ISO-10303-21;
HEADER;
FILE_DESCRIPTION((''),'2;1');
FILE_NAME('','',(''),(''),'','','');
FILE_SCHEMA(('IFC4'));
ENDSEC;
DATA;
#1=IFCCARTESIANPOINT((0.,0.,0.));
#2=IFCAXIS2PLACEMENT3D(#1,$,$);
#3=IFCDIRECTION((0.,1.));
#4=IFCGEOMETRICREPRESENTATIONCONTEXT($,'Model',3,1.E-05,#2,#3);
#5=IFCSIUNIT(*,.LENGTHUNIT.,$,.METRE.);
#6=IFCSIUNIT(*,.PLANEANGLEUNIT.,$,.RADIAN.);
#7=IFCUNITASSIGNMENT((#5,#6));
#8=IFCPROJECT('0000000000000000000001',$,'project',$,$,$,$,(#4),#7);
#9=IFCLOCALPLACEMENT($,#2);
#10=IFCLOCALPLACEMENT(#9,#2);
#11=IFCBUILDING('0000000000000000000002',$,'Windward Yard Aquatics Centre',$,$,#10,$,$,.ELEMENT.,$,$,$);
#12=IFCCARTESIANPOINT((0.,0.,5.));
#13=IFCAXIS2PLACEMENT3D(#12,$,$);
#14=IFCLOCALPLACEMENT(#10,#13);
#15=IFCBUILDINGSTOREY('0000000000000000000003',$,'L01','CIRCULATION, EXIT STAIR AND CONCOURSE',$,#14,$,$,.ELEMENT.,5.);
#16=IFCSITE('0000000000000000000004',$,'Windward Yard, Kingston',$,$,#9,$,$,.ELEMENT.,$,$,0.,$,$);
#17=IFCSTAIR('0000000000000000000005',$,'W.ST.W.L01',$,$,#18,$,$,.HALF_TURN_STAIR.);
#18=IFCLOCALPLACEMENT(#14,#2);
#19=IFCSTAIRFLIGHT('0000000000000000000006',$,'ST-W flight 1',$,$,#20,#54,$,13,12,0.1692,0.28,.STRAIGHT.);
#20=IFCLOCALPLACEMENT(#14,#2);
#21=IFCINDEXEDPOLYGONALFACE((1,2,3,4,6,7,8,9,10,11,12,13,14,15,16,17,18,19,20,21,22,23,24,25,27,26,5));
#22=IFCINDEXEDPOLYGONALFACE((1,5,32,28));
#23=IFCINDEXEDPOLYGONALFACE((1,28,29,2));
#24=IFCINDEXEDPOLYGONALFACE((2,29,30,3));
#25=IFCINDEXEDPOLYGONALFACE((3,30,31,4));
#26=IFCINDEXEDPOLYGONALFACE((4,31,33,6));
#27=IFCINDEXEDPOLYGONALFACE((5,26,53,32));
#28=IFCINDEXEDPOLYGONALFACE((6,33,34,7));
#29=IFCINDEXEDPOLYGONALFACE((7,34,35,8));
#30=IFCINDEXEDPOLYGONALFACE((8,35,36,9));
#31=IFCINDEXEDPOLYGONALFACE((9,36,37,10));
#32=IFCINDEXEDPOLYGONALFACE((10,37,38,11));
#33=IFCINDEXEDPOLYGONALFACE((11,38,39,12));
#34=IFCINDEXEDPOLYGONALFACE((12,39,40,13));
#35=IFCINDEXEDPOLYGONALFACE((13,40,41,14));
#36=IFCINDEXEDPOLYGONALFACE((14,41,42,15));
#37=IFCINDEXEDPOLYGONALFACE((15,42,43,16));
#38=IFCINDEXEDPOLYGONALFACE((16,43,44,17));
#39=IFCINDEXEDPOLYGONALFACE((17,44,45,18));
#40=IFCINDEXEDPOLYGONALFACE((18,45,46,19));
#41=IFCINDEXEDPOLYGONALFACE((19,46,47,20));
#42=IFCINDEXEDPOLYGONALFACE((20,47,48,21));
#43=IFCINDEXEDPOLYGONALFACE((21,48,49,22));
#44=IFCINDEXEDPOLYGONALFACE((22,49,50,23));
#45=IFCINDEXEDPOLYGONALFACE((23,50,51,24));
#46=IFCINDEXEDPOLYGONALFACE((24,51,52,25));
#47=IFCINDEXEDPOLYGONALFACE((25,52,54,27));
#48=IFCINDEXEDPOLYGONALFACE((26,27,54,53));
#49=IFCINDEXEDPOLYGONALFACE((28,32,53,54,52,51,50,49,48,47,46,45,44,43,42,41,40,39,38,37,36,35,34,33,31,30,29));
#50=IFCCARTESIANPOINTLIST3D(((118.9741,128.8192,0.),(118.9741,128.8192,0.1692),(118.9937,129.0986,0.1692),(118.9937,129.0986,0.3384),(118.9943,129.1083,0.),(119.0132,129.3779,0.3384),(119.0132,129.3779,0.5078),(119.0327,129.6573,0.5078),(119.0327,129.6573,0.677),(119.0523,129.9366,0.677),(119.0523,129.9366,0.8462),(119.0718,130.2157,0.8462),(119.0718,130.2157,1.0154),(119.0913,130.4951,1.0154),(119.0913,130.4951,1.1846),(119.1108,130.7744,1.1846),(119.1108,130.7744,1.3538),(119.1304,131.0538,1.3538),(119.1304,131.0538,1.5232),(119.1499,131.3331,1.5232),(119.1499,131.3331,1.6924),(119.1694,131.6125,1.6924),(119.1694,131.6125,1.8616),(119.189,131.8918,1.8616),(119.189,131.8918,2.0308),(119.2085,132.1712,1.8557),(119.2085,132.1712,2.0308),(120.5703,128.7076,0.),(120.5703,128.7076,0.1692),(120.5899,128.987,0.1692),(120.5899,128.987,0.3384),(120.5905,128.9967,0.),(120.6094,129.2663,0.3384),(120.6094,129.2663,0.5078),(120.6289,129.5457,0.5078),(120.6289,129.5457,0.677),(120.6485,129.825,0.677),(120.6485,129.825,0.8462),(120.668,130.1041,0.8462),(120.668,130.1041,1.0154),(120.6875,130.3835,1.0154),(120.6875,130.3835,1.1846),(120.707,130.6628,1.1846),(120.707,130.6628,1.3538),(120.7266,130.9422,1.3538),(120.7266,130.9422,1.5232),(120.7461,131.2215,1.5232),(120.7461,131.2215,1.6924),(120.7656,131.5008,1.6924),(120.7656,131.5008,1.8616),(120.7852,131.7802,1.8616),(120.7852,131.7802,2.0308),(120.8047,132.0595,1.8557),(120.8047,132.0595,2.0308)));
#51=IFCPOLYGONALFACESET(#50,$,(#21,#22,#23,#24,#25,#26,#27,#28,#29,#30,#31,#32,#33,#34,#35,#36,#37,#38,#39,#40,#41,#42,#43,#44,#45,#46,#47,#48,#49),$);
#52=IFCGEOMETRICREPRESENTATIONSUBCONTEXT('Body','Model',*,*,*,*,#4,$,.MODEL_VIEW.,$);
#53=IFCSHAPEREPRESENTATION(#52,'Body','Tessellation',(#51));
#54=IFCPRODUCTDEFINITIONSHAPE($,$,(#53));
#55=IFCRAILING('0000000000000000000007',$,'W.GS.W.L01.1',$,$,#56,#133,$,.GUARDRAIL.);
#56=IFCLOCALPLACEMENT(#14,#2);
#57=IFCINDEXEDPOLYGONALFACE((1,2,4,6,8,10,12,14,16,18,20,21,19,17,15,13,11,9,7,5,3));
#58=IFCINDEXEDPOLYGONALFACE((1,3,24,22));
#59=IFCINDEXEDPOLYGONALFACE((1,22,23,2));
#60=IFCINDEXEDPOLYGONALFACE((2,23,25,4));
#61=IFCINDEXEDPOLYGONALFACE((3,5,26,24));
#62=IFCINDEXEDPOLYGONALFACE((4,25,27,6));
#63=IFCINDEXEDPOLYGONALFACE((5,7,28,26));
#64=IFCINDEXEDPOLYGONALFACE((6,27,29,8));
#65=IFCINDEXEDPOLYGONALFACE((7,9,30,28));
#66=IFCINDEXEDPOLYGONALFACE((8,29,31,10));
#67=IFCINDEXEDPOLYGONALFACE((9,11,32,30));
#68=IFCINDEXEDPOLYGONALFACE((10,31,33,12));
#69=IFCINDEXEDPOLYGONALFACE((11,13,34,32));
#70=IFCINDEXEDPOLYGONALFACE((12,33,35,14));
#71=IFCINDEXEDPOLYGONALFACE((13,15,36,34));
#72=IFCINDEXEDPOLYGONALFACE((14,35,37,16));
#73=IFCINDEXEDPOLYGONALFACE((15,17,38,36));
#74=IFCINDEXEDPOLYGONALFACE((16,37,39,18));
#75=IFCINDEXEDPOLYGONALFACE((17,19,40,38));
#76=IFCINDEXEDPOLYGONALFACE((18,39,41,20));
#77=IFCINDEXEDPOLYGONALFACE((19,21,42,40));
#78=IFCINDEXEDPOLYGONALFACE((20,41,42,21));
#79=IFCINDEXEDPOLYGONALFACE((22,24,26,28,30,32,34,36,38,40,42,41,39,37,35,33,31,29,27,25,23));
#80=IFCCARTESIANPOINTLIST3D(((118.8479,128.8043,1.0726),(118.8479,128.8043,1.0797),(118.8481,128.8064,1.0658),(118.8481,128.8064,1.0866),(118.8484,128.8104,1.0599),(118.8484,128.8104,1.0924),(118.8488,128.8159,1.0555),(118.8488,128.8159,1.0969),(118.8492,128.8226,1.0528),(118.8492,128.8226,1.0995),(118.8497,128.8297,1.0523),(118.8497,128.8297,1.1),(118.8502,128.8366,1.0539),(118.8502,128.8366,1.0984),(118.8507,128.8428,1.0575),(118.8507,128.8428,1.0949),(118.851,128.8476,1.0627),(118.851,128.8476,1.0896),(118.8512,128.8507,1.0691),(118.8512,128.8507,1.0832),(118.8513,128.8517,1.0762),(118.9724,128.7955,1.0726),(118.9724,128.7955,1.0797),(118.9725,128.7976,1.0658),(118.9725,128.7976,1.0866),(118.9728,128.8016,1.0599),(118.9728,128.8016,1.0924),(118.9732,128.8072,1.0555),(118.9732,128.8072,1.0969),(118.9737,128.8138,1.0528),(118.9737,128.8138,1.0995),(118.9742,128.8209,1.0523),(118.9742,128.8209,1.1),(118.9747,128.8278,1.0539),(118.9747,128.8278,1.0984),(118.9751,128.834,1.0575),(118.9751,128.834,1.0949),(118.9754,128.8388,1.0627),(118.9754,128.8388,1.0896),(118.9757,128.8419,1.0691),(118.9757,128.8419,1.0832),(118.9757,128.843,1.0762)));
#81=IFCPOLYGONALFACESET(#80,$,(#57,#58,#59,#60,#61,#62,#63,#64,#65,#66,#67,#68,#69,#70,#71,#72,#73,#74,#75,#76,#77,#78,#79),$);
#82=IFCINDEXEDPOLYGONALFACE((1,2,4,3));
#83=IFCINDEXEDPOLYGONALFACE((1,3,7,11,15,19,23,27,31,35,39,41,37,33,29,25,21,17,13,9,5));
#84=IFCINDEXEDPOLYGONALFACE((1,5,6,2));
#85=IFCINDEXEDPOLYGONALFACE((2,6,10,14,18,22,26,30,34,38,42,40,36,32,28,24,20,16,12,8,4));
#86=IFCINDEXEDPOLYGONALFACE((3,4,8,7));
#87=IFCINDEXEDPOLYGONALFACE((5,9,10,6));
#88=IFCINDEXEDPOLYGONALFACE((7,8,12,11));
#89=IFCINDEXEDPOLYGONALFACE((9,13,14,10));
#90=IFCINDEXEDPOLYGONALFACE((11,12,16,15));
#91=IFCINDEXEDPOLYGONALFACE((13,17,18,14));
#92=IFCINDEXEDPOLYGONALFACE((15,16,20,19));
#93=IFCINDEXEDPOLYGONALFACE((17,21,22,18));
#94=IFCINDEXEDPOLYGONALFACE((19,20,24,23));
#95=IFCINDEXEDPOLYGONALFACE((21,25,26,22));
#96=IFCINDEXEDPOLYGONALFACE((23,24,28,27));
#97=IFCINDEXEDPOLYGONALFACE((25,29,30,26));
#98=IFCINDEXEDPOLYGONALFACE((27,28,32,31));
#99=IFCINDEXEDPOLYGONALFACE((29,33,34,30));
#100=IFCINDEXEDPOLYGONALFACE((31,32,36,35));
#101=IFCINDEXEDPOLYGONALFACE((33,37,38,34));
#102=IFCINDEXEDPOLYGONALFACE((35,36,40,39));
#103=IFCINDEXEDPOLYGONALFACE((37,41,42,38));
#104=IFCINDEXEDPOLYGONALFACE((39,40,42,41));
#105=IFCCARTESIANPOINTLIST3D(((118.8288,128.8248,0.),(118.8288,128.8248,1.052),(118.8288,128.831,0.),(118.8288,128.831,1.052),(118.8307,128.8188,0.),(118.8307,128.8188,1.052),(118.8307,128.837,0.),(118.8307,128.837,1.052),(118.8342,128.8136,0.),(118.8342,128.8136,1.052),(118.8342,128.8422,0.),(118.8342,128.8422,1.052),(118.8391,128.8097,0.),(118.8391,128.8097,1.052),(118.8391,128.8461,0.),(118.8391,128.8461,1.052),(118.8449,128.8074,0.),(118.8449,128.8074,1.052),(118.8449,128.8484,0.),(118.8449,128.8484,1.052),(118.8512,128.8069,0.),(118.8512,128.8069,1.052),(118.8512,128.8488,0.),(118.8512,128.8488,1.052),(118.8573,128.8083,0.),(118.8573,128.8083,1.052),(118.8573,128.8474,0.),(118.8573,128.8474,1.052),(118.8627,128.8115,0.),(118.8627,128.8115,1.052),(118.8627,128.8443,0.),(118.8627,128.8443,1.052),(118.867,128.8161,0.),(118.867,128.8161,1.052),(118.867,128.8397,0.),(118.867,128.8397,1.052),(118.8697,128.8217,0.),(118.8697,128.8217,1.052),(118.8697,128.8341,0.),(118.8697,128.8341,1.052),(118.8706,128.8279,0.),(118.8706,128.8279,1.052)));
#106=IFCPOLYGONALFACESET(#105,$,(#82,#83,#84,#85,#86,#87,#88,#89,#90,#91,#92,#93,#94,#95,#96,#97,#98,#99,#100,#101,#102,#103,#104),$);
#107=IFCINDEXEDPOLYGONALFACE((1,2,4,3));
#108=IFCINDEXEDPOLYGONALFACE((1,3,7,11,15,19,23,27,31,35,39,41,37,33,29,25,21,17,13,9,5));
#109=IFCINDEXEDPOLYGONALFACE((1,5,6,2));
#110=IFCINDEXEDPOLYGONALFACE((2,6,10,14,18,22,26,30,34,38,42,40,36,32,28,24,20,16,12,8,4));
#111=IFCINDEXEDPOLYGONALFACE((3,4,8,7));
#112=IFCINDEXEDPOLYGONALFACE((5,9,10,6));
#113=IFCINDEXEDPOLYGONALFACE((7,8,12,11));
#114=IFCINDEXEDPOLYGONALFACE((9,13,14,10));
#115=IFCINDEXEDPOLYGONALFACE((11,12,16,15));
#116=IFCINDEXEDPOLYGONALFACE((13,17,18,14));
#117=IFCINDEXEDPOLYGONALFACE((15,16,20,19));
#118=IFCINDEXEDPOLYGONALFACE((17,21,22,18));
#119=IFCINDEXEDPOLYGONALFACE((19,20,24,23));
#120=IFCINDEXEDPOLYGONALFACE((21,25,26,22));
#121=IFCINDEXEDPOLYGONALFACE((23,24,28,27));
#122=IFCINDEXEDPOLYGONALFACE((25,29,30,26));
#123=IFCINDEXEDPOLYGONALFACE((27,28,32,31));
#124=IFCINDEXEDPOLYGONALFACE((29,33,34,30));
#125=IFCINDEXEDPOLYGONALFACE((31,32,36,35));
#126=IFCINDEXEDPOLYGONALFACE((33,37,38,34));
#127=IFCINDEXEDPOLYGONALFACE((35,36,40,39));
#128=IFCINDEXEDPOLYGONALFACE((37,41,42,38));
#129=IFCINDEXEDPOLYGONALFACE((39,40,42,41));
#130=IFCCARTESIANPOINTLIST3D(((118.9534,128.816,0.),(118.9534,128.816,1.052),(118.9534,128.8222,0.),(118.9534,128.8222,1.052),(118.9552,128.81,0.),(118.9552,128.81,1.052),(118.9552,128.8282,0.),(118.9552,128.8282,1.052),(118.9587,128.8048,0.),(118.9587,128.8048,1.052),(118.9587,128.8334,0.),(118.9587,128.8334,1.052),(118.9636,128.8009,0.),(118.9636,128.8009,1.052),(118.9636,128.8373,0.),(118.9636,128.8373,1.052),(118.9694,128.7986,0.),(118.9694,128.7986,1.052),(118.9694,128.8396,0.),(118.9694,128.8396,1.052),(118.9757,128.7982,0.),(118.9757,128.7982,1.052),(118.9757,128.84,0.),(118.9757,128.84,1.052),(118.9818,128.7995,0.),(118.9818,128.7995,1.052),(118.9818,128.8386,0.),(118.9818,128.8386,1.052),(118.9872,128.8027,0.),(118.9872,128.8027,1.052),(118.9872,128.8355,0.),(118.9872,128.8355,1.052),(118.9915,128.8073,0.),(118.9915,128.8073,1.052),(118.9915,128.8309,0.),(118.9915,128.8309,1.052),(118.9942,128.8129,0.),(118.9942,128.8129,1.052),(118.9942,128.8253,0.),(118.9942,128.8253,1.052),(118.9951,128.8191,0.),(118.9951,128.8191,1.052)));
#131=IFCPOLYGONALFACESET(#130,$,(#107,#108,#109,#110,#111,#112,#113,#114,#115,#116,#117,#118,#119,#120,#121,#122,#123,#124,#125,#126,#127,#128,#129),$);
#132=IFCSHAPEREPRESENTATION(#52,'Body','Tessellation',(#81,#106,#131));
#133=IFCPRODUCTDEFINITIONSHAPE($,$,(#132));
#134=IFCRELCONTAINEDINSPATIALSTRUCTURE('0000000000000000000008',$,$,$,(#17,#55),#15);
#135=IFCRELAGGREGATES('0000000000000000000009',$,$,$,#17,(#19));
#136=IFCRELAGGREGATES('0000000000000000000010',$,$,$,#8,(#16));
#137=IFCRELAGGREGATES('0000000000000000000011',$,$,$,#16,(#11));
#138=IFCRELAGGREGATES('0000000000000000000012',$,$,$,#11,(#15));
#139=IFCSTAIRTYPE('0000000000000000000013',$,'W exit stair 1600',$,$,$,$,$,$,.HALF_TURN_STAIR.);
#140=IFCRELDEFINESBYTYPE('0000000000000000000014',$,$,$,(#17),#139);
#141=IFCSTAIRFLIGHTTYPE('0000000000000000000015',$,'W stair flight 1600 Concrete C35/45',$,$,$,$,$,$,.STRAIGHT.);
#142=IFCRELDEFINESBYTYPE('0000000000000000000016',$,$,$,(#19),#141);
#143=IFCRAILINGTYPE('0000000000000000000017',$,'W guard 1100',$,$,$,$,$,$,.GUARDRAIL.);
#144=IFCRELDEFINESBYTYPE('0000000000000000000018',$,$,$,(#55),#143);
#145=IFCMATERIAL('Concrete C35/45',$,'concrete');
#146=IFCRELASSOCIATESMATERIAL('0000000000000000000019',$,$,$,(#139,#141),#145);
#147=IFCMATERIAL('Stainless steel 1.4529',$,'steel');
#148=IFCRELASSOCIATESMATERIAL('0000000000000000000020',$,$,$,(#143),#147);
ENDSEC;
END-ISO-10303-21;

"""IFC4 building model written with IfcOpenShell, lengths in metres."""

from ifc_helpers import new_model, si_unit, direction, frame, origin, origin_2d, place, context, subcontext, project, spatial, polyline, circle, outline, extrude, material, type_object, element, aggregate, save


model = new_model("IFC4")

# Units and contexts
model_context = context("Model", 3, precision=1e-05, world=origin(), true_north=direction((0.0, 1.0)))
body_context = subcontext(model_context, "Body", "Model", "MODEL_VIEW")
ifc_project = project(units=[si_unit("LENGTHUNIT", "METRE"), si_unit("PLANEANGLEUNIT", "RADIAN")], contexts=[model_context])

# Site, building, storey
site_placement = place(None, origin())
site = spatial("IfcSite", under=ifc_project, at=site_placement, Name="Windward Yard, Kingston", CompositionType="ELEMENT", RefElevation=0.0)
building_placement = place(site_placement, origin())
building = spatial("IfcBuilding", under=site, at=building_placement, Name="Windward Yard Aquatics Centre", CompositionType="ELEMENT")
storey_placement = place(building_placement, frame((0.0, 0.0, 5.0)))
storey = spatial("IfcBuildingStorey", under=building, at=storey_placement, Name="L01", Description="CIRCULATION, EXIT STAIR AND CONCOURSE", CompositionType="ELEMENT", Elevation=5.0)

# Stair, stair flight
ifc_material_1 = material(Name="Concrete C35/45", Category="concrete")
stair_type = type_object("IfcStairType", Name="W exit stair 1600", PredefinedType="HALF_TURN_STAIR", material=ifc_material_1)
stair_placement = place(storey_placement, origin())
stair = element("IfcStair", 1, at=stair_placement, inside=storey, type_object=stair_type, Name="W.ST.W.L01", PredefinedType="HALF_TURN_STAIR")
stair_flight_type = type_object("IfcStairFlightType", Name="W stair flight 1600 Concrete C35/45", PredefinedType="STRAIGHT", material=ifc_material_1)
stair_flight_placement = place(storey_placement, frame((119.7722, 128.7634, 0.0), z_axis=(0.0, 0.0, 1.0), x_axis=(0.069756, 0.997564, 0.0)))
stair_flight = element("IfcStairFlight", 2, at=stair_flight_placement, type_object=stair_flight_type, Name="ST-W flight 1", NumberOfRisers=13, NumberOfTreads=12, PredefinedType="STRAIGHT", RiserHeight=0.1692, TreadLength=0.28, context=body_context, shape_type="SweptSolid", body=[
    extrude(outline(polyline([(0.0, 0.0), (0.0, 0.1692), (0.28, 0.1692), (0.28, 0.3384), (0.5601, 0.3384), (0.5601, 0.5078), (0.8401, 0.5078), (0.8401, 0.677), (1.1201, 0.677), (1.1201, 0.8462), (1.3999, 0.8462), (1.3999, 1.0154), (1.6799, 1.0154), (1.6799, 1.1846), (1.96, 1.1846), (1.96, 1.3538), (2.24, 1.3538), (2.24, 1.5232), (2.52, 1.5232), (2.52, 1.6924), (2.8, 1.6924), (2.8, 1.8616), (3.0801, 1.8616), (3.0801, 2.0308), (3.3601, 2.0308), (3.3601, 2.2), (3.3601, 1.8557), (0.2898, 0.0), (0.0, 0.0)])), frame((0.0, 0.8, 0.0), z_axis=(0.0, -1.0, 0.0), x_axis=(1.0, 0.0, 0.0)), (0.0, 0.0, 1.0), 1.6001),
])
aggregate(stair, [stair_flight])

# Railing
ifc_material_2 = material(Name="Stainless steel 1.4529", Category="steel")
railing_type_1 = type_object("IfcRailingType", Name="W guard 1100", PredefinedType="GUARDRAIL", material=ifc_material_2)
railing_placement = place(storey_placement, frame((118.8496, 128.8279, 0.0)))
element("IfcRailing", 3, at=railing_placement, inside=storey, type_object=railing_type_1, Name="W.GS.W.L01.1", PredefinedType="GUARDRAIL", context=body_context, shape_type="SweptSolid", body=[
    extrude(circle(Radius=0.0239, at=origin_2d()), frame((0.0, 0.0, 1.0762), z_axis=(0.997518, -0.070413, 0.0), x_axis=(0.070413, 0.997518, 0.0)), (0.0, 0.0, 1.0), 0.1248),
    extrude(circle(Radius=0.021, at=origin_2d()), origin(), (0.0, 0.0, 1.0), 1.052),
    extrude(circle(Radius=0.021, at=origin_2d()), frame((0.1245, -0.0088, 0.0)), (0.0, 0.0, 1.0), 1.052),
])

save(model, "model.ifc")
